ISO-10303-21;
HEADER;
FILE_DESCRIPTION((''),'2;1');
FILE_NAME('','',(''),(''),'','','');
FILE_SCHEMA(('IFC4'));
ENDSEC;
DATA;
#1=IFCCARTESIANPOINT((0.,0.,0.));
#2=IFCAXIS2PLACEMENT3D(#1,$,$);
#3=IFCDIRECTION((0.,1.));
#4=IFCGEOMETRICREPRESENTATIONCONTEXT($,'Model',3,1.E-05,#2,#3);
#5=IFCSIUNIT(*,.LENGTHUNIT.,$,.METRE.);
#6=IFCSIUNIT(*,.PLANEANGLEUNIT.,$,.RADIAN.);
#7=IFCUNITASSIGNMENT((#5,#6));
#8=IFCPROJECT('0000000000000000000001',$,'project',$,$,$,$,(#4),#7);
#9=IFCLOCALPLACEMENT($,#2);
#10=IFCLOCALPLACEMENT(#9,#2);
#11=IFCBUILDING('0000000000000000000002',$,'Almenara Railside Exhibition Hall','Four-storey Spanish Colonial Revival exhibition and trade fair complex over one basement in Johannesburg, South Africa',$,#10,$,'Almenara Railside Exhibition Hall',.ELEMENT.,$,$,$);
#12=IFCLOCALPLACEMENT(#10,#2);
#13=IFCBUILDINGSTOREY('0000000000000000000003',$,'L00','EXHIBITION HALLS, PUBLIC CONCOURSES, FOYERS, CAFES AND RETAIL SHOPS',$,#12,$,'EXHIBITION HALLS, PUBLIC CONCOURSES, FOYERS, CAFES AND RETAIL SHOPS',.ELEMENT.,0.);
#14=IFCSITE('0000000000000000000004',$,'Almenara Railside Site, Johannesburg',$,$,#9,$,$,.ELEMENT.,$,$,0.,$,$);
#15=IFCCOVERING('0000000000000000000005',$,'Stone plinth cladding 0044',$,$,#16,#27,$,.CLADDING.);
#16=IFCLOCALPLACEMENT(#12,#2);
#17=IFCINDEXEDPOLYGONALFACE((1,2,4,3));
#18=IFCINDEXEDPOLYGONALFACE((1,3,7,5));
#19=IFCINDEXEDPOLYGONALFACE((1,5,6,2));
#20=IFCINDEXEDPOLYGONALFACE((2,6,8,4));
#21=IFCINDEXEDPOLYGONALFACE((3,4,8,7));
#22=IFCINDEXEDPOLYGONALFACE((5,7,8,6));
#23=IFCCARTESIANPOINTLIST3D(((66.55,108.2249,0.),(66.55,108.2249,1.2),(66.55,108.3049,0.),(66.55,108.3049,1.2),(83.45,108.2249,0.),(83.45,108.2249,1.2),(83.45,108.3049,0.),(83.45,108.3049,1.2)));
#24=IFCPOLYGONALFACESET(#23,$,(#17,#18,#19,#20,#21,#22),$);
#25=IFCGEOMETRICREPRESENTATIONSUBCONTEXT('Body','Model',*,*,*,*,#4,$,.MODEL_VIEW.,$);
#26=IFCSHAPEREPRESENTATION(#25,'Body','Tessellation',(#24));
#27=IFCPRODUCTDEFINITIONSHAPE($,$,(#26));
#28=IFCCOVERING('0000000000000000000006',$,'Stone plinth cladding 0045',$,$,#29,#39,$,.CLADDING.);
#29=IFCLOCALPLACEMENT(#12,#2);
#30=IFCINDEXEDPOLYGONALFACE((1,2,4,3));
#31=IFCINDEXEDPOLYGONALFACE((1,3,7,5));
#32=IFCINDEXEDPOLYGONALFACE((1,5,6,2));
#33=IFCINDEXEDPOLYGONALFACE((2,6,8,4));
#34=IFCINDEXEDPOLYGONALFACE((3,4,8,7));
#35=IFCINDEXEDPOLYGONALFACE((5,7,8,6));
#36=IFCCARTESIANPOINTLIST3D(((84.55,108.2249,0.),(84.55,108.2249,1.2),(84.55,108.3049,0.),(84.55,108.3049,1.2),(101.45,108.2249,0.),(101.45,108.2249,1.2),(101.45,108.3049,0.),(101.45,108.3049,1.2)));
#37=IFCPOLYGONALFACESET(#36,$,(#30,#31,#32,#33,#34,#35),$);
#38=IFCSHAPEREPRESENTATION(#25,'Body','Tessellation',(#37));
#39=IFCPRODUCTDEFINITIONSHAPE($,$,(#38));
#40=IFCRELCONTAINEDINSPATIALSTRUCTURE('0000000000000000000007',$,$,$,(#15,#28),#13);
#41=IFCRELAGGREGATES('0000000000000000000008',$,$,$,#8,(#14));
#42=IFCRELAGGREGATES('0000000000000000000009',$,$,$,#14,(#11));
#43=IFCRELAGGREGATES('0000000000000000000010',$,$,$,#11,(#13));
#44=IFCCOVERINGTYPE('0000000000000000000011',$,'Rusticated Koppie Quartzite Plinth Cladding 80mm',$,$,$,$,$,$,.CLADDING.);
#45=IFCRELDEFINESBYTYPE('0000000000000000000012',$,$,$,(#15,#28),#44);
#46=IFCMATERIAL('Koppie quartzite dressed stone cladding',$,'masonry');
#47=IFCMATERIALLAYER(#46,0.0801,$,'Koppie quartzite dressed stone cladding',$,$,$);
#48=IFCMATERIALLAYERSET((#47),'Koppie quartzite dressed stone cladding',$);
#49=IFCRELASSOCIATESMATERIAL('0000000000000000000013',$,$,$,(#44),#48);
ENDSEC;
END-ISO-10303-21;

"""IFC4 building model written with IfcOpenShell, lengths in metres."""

from ifc_helpers import new_model, si_unit, direction, frame, origin, origin_2d, place, context, subcontext, project, spatial, rectangle, extrude, material, layer, layer_set, type_object, element, save


model = new_model("IFC4")

# Units and contexts
model_context = context("Model", 3, precision=1e-05, world=origin(), true_north=direction((0.0, 1.0)))
body_context = subcontext(model_context, "Body", "Model", "MODEL_VIEW")
ifc_project = project(units=[si_unit("LENGTHUNIT", "METRE"), si_unit("PLANEANGLEUNIT", "RADIAN")], contexts=[model_context])

# Site, building, storey
site_placement = place(None, origin())
site = spatial("IfcSite", under=ifc_project, at=site_placement, Name="Almenara Railside Site, Johannesburg", CompositionType="ELEMENT", RefElevation=0.0)
building_placement = place(site_placement, origin())
building = spatial("IfcBuilding", under=site, at=building_placement, Name="Almenara Railside Exhibition Hall", Description="Four-storey Spanish Colonial Revival exhibition and trade fair complex over one basement in Johannesburg, South Africa", LongName="Almenara Railside Exhibition Hall", CompositionType="ELEMENT")
storey_placement = place(building_placement, origin())
storey = spatial("IfcBuildingStorey", under=building, at=storey_placement, Name="L00", Description="EXHIBITION HALLS, PUBLIC CONCOURSES, FOYERS, CAFES AND RETAIL SHOPS", LongName="EXHIBITION HALLS, PUBLIC CONCOURSES, FOYERS, CAFES AND RETAIL SHOPS", CompositionType="ELEMENT", Elevation=0.0)

# Coverings
ifc_material_1 = material(Name="Koppie quartzite dressed stone cladding", Category="masonry")
ifc_layer_1 = layer(ifc_material_1, 0.0801, Name="Koppie quartzite dressed stone cladding")
ifc_layer_set_1 = layer_set([ifc_layer_1], Name="Koppie quartzite dressed stone cladding")
covering_type = type_object("IfcCoveringType", Name="Rusticated Koppie Quartzite Plinth Cladding 80mm", PredefinedType="CLADDING", material=ifc_layer_set_1)
for number, where, z_axis, x_axis, name in (
    (1, (75.0, 108.2649, 0.0), (0.0, 0.0, 1.0), (-1.0, 0.0, 0.0), "Stone plinth cladding 0044"),
    (2, (93.0, 108.2649, 0.0), (0.0, 0.0, 1.0), (-1.0, 0.0, 0.0), "Stone plinth cladding 0045"),
):
    element("IfcCovering", number, at=place(storey_placement, frame(where, z_axis=z_axis, x_axis=x_axis)), inside=storey, type_object=covering_type, Name=name, PredefinedType="CLADDING", context=body_context, shape_type="SweptSolid", body=[
        extrude(rectangle(XDim=16.8999, YDim=0.0801, at=origin_2d()), origin(), (0.0, 0.0, 1.0), 1.2),
    ])

save(model, "model.ifc")
